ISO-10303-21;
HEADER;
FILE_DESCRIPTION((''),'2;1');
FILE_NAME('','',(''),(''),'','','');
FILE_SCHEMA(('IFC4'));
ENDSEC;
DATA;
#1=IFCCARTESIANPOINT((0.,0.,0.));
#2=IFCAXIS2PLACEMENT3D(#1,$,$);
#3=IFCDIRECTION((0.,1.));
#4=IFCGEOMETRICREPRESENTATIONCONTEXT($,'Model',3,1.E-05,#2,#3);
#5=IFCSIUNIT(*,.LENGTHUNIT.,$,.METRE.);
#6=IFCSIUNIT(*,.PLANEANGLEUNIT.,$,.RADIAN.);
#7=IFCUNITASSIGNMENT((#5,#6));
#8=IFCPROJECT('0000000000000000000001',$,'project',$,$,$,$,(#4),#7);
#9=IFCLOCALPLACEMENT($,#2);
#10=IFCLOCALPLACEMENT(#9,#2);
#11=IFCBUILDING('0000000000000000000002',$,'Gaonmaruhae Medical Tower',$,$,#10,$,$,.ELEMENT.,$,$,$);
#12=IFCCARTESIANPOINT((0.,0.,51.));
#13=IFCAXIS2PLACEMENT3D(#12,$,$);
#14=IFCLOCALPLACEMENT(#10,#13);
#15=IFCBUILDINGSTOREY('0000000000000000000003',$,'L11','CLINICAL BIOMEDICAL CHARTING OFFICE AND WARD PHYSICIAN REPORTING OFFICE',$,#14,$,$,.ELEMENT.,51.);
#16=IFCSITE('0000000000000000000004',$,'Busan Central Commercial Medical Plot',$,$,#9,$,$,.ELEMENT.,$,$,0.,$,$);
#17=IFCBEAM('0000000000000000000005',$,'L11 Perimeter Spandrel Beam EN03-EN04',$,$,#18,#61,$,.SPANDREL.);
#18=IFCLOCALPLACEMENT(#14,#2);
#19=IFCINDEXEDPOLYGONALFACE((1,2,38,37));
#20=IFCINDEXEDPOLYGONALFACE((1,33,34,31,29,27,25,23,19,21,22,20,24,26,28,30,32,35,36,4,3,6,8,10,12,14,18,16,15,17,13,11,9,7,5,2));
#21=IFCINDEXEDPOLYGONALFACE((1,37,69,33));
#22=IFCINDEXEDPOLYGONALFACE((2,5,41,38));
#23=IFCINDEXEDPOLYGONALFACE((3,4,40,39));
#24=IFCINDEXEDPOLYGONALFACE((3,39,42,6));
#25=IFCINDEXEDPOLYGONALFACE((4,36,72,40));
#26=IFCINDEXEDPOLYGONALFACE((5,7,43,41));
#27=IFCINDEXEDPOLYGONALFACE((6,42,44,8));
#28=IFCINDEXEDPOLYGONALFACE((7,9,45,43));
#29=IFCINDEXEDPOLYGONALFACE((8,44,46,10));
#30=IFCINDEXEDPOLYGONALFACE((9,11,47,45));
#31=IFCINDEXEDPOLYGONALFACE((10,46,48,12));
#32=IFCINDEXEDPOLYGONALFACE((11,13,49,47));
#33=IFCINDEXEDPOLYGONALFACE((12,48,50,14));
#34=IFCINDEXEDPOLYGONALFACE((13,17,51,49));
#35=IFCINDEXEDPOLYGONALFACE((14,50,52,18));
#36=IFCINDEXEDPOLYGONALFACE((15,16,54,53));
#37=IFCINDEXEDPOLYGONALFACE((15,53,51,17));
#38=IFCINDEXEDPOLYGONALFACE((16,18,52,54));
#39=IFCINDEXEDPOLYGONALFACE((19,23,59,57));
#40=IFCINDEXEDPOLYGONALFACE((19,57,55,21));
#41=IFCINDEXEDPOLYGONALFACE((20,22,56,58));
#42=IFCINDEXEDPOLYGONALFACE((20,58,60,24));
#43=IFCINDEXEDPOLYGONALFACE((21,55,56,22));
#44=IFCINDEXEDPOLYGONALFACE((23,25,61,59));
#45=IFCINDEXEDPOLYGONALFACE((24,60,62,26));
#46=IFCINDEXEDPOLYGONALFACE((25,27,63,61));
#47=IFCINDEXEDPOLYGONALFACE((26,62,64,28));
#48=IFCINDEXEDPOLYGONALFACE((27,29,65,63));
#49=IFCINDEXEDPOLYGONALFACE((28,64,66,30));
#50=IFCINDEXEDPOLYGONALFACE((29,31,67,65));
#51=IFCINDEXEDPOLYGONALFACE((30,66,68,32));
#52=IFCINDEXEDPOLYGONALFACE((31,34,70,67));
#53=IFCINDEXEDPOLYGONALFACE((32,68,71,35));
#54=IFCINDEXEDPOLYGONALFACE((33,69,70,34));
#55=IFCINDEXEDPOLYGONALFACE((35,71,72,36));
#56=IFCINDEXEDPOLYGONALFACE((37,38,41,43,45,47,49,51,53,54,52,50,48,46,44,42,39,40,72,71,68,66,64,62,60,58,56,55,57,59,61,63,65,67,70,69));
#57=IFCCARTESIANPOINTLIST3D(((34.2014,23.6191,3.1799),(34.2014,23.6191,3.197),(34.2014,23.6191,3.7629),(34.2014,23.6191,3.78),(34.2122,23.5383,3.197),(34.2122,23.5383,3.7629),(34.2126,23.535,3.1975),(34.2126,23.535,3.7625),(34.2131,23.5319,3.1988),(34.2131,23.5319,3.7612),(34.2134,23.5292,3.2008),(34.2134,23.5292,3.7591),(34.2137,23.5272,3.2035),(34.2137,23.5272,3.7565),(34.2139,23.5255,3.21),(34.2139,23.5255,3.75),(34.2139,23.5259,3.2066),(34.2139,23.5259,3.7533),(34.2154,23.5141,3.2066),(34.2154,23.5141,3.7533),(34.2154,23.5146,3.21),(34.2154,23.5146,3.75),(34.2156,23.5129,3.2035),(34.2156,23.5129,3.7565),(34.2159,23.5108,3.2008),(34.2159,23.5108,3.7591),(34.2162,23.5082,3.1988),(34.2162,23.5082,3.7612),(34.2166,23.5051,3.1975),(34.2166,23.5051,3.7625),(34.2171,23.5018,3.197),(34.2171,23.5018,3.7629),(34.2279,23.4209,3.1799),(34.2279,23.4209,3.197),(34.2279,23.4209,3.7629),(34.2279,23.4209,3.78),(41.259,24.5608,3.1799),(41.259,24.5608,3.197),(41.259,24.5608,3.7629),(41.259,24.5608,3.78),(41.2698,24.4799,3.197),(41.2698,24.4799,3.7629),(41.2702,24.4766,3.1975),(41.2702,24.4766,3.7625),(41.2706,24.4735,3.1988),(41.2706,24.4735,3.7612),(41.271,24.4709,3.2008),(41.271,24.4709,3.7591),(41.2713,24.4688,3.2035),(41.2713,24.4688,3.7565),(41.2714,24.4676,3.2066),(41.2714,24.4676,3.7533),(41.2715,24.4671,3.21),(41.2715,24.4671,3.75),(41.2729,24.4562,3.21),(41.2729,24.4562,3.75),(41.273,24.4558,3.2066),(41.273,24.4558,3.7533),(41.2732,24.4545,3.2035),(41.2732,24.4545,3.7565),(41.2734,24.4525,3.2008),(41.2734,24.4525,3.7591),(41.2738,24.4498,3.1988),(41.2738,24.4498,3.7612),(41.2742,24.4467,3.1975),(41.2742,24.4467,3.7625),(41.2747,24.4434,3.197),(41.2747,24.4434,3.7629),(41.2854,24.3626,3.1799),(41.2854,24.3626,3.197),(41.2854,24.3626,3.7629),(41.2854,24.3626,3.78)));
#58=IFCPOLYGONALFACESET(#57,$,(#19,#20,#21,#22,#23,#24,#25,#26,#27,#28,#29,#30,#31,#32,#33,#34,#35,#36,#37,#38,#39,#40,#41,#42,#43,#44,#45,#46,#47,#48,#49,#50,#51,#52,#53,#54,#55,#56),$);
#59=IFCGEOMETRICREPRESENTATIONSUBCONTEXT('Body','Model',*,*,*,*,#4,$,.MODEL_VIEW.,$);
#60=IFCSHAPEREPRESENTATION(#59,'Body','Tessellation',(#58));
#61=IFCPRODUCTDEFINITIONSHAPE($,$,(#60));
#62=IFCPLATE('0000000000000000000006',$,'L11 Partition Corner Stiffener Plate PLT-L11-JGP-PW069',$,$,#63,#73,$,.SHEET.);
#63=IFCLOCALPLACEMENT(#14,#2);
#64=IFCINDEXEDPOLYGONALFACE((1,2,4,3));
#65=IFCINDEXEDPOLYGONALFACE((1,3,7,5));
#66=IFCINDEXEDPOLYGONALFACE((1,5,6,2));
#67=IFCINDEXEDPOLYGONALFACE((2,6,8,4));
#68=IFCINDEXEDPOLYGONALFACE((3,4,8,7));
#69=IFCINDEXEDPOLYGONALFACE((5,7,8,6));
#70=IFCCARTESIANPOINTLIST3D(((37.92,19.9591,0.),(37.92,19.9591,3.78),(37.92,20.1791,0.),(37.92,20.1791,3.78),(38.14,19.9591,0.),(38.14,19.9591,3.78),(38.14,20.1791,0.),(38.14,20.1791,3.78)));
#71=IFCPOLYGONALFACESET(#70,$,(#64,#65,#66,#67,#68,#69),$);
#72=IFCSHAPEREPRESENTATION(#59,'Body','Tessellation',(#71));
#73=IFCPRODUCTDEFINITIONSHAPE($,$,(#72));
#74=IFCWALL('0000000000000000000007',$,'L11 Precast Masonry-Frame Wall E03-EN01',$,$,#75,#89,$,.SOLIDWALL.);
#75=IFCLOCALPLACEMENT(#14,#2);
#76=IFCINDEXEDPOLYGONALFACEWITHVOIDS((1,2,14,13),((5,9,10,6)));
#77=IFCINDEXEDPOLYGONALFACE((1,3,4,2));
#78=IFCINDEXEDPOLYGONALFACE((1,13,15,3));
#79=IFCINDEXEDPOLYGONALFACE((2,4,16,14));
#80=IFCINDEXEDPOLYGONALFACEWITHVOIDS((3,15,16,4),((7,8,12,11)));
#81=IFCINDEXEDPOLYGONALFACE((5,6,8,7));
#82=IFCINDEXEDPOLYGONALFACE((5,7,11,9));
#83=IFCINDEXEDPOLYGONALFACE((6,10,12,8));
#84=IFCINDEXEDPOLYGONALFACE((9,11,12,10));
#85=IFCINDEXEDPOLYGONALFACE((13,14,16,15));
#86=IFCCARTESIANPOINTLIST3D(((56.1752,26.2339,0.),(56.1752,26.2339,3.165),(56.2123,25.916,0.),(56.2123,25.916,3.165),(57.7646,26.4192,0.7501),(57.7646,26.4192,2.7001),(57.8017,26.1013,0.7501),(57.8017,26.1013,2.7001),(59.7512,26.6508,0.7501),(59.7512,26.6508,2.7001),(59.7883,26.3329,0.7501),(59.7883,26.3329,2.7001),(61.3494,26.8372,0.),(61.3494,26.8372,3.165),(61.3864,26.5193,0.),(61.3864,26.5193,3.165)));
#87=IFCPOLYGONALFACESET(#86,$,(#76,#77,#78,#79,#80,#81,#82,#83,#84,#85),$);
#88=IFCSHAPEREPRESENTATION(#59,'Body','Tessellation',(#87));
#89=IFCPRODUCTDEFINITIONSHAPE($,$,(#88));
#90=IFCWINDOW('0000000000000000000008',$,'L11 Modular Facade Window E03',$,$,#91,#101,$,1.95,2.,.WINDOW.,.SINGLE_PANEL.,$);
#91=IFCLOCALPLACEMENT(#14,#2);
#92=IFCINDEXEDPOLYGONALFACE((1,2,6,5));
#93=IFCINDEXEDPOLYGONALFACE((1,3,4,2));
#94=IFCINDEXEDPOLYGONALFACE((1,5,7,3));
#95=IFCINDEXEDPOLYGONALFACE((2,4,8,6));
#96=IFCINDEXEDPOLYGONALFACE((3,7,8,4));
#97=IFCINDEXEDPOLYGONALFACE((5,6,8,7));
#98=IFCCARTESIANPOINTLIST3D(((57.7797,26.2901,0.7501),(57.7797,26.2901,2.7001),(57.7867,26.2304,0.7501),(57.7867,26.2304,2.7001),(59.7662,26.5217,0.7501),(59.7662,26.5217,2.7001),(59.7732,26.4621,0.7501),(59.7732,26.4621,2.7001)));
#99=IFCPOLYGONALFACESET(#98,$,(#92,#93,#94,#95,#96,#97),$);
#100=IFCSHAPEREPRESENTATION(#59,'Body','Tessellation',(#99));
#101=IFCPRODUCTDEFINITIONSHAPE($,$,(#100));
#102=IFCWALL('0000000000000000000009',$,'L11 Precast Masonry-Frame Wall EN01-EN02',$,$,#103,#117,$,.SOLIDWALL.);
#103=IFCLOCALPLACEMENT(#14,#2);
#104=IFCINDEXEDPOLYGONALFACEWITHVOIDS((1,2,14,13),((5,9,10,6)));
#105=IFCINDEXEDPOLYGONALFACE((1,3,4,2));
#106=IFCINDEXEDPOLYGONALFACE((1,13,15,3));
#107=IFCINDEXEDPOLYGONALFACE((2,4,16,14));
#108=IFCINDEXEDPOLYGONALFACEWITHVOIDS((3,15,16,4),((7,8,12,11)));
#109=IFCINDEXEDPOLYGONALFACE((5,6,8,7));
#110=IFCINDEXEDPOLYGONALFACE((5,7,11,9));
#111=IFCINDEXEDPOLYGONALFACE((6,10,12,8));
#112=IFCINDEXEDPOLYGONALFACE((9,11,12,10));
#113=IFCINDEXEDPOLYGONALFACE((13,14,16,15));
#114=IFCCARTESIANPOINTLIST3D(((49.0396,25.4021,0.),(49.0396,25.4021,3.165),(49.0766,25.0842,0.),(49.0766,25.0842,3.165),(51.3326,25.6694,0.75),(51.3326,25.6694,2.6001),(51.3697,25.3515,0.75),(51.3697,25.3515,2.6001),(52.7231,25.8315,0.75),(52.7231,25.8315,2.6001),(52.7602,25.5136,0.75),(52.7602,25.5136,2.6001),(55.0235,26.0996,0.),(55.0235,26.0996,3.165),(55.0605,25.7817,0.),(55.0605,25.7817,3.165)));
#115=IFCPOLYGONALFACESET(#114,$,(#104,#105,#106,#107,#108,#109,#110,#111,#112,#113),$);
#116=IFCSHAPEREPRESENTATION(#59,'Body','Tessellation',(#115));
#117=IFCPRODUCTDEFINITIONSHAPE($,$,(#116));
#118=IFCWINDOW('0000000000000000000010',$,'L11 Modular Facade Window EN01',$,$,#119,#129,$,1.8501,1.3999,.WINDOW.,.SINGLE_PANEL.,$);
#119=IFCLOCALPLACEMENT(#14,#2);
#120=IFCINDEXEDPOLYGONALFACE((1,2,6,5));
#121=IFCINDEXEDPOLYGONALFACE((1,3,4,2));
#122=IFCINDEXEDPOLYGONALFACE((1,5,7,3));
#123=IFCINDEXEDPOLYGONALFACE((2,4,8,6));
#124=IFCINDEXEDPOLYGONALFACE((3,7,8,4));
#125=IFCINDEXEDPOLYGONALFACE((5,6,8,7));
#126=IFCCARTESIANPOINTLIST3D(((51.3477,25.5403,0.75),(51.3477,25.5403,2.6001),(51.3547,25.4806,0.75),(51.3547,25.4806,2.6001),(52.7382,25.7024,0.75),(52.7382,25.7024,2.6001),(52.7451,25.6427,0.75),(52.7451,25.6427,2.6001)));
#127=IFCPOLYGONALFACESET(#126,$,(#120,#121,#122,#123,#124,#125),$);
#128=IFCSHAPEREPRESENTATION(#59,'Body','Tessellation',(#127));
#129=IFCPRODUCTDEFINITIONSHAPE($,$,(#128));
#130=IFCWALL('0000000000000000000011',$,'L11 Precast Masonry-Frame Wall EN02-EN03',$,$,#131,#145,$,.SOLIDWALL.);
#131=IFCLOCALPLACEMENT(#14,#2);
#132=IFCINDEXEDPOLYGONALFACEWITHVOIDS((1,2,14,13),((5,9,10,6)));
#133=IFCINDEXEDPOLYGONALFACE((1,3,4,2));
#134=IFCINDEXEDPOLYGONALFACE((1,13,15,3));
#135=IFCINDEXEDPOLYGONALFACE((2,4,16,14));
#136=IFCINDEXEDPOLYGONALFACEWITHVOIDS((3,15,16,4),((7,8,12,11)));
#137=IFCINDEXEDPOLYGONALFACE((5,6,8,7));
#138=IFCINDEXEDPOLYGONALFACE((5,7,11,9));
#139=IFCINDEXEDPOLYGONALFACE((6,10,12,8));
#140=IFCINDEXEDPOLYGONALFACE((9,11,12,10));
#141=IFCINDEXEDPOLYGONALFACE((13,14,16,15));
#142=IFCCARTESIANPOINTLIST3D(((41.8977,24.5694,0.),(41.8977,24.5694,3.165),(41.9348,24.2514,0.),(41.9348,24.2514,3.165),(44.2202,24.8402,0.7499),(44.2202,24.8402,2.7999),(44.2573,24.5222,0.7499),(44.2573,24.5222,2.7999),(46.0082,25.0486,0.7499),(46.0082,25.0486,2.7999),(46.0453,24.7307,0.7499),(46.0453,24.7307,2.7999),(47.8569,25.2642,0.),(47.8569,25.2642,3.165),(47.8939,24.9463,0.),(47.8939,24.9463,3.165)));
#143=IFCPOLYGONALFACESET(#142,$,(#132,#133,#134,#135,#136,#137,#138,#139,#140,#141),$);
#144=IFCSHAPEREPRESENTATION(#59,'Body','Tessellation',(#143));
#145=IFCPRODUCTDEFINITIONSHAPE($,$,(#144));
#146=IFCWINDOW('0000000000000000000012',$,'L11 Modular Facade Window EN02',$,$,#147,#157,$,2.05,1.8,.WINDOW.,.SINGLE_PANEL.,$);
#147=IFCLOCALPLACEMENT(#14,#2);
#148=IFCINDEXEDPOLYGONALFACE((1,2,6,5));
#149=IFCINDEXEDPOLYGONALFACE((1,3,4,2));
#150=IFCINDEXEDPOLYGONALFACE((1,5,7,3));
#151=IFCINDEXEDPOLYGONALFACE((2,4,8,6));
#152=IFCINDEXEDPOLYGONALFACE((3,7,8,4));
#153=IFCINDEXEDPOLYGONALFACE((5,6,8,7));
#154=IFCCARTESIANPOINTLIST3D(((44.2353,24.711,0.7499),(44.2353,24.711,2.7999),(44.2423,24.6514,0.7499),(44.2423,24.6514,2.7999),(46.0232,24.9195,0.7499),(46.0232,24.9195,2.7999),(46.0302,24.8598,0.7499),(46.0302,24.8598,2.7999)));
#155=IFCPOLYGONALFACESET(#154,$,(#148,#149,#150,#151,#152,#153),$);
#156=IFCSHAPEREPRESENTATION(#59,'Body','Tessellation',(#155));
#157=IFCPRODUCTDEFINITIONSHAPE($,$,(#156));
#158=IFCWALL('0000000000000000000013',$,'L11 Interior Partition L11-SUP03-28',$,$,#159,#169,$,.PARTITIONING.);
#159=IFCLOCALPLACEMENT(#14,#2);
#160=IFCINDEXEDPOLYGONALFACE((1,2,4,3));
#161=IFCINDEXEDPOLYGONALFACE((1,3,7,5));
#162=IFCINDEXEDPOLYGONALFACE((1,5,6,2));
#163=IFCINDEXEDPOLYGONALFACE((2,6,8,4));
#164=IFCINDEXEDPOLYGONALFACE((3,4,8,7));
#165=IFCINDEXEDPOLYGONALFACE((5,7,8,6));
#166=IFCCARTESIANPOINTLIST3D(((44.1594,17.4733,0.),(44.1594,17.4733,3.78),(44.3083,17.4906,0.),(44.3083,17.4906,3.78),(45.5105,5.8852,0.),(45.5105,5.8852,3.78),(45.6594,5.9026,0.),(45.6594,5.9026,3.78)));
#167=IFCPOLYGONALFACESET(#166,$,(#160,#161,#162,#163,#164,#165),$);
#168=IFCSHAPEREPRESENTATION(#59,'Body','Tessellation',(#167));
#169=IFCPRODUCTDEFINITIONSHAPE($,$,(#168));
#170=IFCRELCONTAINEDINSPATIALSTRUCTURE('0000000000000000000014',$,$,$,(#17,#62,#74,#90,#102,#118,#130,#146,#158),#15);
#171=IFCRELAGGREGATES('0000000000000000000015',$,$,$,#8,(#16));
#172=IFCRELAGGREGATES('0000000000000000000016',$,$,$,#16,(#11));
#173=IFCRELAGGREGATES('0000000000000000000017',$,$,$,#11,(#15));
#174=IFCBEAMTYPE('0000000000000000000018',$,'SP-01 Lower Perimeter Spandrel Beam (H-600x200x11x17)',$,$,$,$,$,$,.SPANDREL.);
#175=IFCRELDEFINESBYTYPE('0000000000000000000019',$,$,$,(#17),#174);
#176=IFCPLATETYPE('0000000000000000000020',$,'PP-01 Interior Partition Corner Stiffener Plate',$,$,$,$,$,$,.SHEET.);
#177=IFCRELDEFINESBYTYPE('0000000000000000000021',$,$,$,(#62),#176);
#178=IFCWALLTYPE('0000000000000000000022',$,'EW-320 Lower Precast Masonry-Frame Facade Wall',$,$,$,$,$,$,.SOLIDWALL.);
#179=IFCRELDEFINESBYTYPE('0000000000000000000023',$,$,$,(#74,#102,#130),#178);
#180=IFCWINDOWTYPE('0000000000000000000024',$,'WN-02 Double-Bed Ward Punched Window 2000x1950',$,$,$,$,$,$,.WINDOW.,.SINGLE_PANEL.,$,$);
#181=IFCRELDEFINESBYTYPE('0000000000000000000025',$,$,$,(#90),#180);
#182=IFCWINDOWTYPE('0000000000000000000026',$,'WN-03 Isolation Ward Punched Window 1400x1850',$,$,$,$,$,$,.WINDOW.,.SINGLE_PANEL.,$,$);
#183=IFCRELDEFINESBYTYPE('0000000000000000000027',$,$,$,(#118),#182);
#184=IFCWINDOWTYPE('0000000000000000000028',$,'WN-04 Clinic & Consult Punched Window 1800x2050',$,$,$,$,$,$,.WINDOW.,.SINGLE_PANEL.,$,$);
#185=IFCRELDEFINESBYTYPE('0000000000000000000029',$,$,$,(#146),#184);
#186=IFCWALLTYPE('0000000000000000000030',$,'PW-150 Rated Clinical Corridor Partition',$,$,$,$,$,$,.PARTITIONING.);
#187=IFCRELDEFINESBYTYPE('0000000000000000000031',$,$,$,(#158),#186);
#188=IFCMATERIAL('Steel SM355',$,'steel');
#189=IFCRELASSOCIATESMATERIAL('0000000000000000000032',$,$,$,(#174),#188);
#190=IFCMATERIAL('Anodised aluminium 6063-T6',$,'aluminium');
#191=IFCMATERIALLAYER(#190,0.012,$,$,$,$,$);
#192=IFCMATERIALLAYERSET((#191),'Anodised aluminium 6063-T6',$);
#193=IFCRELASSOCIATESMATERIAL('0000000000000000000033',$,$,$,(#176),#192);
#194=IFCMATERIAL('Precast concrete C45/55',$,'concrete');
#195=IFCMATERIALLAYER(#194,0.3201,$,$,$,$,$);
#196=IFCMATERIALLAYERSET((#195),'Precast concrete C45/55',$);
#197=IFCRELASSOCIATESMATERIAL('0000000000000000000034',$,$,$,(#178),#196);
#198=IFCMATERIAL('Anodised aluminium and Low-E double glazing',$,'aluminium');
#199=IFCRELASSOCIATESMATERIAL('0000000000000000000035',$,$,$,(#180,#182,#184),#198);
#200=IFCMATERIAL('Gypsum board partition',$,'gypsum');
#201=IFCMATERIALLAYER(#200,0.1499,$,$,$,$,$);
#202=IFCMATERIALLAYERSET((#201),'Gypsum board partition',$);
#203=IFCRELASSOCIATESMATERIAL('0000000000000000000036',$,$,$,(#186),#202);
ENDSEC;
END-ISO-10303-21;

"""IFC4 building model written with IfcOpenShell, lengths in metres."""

from ifc_helpers import new_model, si_unit, direction, frame, frame_2d, origin, origin_2d, place, context, subcontext, project, spatial, rectangle, i_section, extrude, material, layer, layer_set, material_profile, profile_set, type_object, element, fill, save


model = new_model("IFC4")

# Units and contexts
model_context = context("Model", 3, precision=1e-05, world=origin(), true_north=direction((0.0, 1.0)))
body_context = subcontext(model_context, "Body", "Model", "MODEL_VIEW")
ifc_project = project(units=[si_unit("LENGTHUNIT", "METRE"), si_unit("PLANEANGLEUNIT", "RADIAN")], contexts=[model_context])

# Site, building, storey
site_placement = place(None, origin())
site = spatial("IfcSite", under=ifc_project, at=site_placement, Name="Busan Central Commercial Medical Plot", CompositionType="ELEMENT", RefElevation=0.0)
building_placement = place(site_placement, origin())
building = spatial("IfcBuilding", under=site, at=building_placement, Name="Gaonmaruhae Medical Tower", CompositionType="ELEMENT")
storey_placement = place(building_placement, frame((0.0, 0.0, 51.0)))
storey = spatial("IfcBuildingStorey", under=building, at=storey_placement, Name="L11", Description="CLINICAL BIOMEDICAL CHARTING OFFICE AND WARD PHYSICIAN REPORTING OFFICE", CompositionType="ELEMENT", Elevation=51.0)

# Beam
ifc_material_1 = material(Name="Steel SM355", Category="steel")
ifc_material_profile_1 = material_profile(ifc_material_1, i_section(OverallWidth=0.2, OverallDepth=0.6001, WebThickness=0.011, FlangeThickness=0.0171, FilletRadius=0.0129, at=origin_2d()), Name="H-600x200x11x17")
ifc_profile_set_1 = profile_set([ifc_material_profile_1], Name="Steel SM355")
beam_type_1 = type_object("IfcBeamType", Name="SP-01 Lower Perimeter Spandrel Beam (H-600x200x11x17)", PredefinedType="SPANDREL", material=ifc_profile_set_1)
for number, where, z_axis, x_axis, name in (
    (1, (41.2722, 24.4617, 3.48), (-0.991216, -0.132251, 0.0), (0.132251, -0.991216, 0.0), "L11 Perimeter Spandrel Beam EN03-EN04"),
):
    element("IfcBeam", number, at=place(storey_placement, frame(where, z_axis=z_axis, x_axis=x_axis)), inside=storey, type_object=beam_type_1, Name=name, PredefinedType="SPANDREL", context=body_context, shape_type="SweptSolid", body=[
        extrude(i_section(OverallWidth=0.2, OverallDepth=0.6001, WebThickness=0.011, FlangeThickness=0.0171, FilletRadius=0.0129, at=origin_2d()), origin(), (0.0, 0.0, 1.0), 7.1201),
    ])

# Plate
ifc_material_2 = material(Name="Anodised aluminium 6063-T6", Category="aluminium")
ifc_layer_1 = layer(ifc_material_2, 0.012)
ifc_layer_set_1 = layer_set([ifc_layer_1], Name="Anodised aluminium 6063-T6")
plate_type = type_object("IfcPlateType", Name="PP-01 Interior Partition Corner Stiffener Plate", PredefinedType="SHEET", material=ifc_layer_set_1)
plate_placement = place(storey_placement, frame((38.03, 20.0691, 0.0), z_axis=(0.0, 0.0, 1.0), x_axis=(0.0, 1.0, 0.0)))
element("IfcPlate", 2, at=plate_placement, inside=storey, type_object=plate_type, Name="L11 Partition Corner Stiffener Plate PLT-L11-JGP-PW069", PredefinedType="SHEET", context=body_context, shape_type="SweptSolid", body=[
    extrude(rectangle(XDim=0.22, YDim=0.22, at=origin_2d()), origin(), (0.0, 0.0, 1.0), 3.78),
])

# Walls, openings, windows
ifc_material_3 = material(Name="Precast concrete C45/55", Category="concrete")
ifc_layer_2 = layer(ifc_material_3, 0.3201)
ifc_layer_set_2 = layer_set([ifc_layer_2], Name="Precast concrete C45/55")
wall_type_1 = type_object("IfcWallType", Name="EW-320 Lower Precast Masonry-Frame Facade Wall", PredefinedType="SOLIDWALL", material=ifc_layer_set_2)
wall_1_placement = place(storey_placement, frame((56.1938, 26.075, 0.0), z_axis=(0.0, 0.0, 1.0), x_axis=(0.993271, 0.115811, 0.0)))
wall_1 = element("IfcWall", 3, at=wall_1_placement, inside=storey, type_object=wall_type_1, Name="L11 Precast Masonry-Frame Wall E03-EN01", PredefinedType="SOLIDWALL", context=body_context, shape_type="SweptSolid", body=[
    extrude(rectangle(XDim=5.2092, YDim=0.3201, at=frame_2d((2.6045, 0.0))), origin(), (0.0, 0.0, 1.0), 3.165),
])
opening_1_placement = place(wall_1_placement, frame((1.6001, 0.0, 0.75)))
opening_1 = element("IfcOpeningElement", 4, at=opening_1_placement, cuts=wall_1, PredefinedType="OPENING", context=body_context, shape_type="SweptSolid", body=[
    extrude(rectangle(XDim=2.0, YDim=1.95, at=frame_2d((1.0, 0.9751))), frame((0.0, 0.1699, 0.0), z_axis=(0.0, -1.0, 0.0), x_axis=(1.0, 0.0, 0.0)), (0.0, 0.0, 1.0), 0.3401),
])
ifc_material_4 = material(Name="Anodised aluminium and Low-E double glazing", Category="aluminium")
window_type_1 = type_object("IfcWindowType", Name="WN-02 Double-Bed Ward Punched Window 2000x1950", PartitioningType="SINGLE_PANEL", PredefinedType="WINDOW", material=ifc_material_4)
window_1_placement = place(opening_1_placement, origin())
window_1 = element("IfcWindow", 5, at=window_1_placement, inside=storey, type_object=window_type_1, Name="L11 Modular Facade Window E03", OverallHeight=1.95, OverallWidth=2.0, PartitioningType="SINGLE_PANEL", PredefinedType="WINDOW", context=body_context, shape_type="SweptSolid", body=[
    extrude(rectangle(XDim=2.0, YDim=1.95, at=frame_2d((1.0, 0.9751))), frame((0.0, 0.03, 0.0), z_axis=(0.0, -1.0, 0.0), x_axis=(1.0, 0.0, 0.0)), (0.0, 0.0, 1.0), 0.0601),
])
fill(opening_1, window_1)
wall_2_placement = place(storey_placement, frame((49.0581, 25.2432, 0.0), z_axis=(0.0, 0.0, 1.0), x_axis=(0.993275, 0.115781, 0.0)))
wall_2 = element("IfcWall", 6, at=wall_2_placement, inside=storey, type_object=wall_type_1, Name="L11 Precast Masonry-Frame Wall EN01-EN02", PredefinedType="SOLIDWALL", context=body_context, shape_type="SweptSolid", body=[
    extrude(rectangle(XDim=6.0244, YDim=0.3201, at=frame_2d((3.0122, 0.0))), origin(), (0.0, 0.0, 1.0), 3.165),
])
opening_2_placement = place(wall_2_placement, frame((2.3086, 0.0, 0.75)))
opening_2 = element("IfcOpeningElement", 7, at=opening_2_placement, cuts=wall_2, PredefinedType="OPENING", context=body_context, shape_type="SweptSolid", body=[
    extrude(rectangle(XDim=1.3999, YDim=1.8501, at=frame_2d((0.7, 0.925))), frame((0.0, 0.1699, 0.0), z_axis=(0.0, -1.0, 0.0), x_axis=(1.0, 0.0, 0.0)), (0.0, 0.0, 1.0), 0.3401),
])
window_type_2 = type_object("IfcWindowType", Name="WN-03 Isolation Ward Punched Window 1400x1850", PartitioningType="SINGLE_PANEL", PredefinedType="WINDOW", material=ifc_material_4)
window_2_placement = place(opening_2_placement, origin())
window_2 = element("IfcWindow", 8, at=window_2_placement, inside=storey, type_object=window_type_2, Name="L11 Modular Facade Window EN01", OverallHeight=1.8501, OverallWidth=1.3999, PartitioningType="SINGLE_PANEL", PredefinedType="WINDOW", context=body_context, shape_type="SweptSolid", body=[
    extrude(rectangle(XDim=1.3999, YDim=1.8501, at=frame_2d((0.7, 0.925))), frame((0.0, 0.03, 0.0), z_axis=(0.0, -1.0, 0.0), x_axis=(1.0, 0.0, 0.0)), (0.0, 0.0, 1.0), 0.0601),
])
fill(opening_2, window_2)
wall_3_placement = place(storey_placement, frame((41.9163, 24.4104, 0.0), z_axis=(0.0, 0.0, 1.0), x_axis=(0.993271, 0.115812, 0.0)))
wall_3 = element("IfcWall", 9, at=wall_3_placement, inside=storey, type_object=wall_type_1, Name="L11 Precast Masonry-Frame Wall EN02-EN03", PredefinedType="SOLIDWALL", context=body_context, shape_type="SweptSolid", body=[
    extrude(rectangle(XDim=5.9995, YDim=0.3201, at=frame_2d((2.9998, 0.0))), origin(), (0.0, 0.0, 1.0), 3.165),
])
opening_3_placement = place(wall_3_placement, frame((2.3384, 0.0, 0.75)))
opening_3 = element("IfcOpeningElement", 10, at=opening_3_placement, cuts=wall_3, PredefinedType="OPENING", context=body_context, shape_type="SweptSolid", body=[
    extrude(rectangle(XDim=1.8, YDim=2.05, at=frame_2d((0.8999, 1.0249))), frame((0.0, 0.1699, 0.0), z_axis=(0.0, -1.0, 0.0), x_axis=(1.0, 0.0, 0.0)), (0.0, 0.0, 1.0), 0.3401),
])
window_type_3 = type_object("IfcWindowType", Name="WN-04 Clinic & Consult Punched Window 1800x2050", PartitioningType="SINGLE_PANEL", PredefinedType="WINDOW", material=ifc_material_4)
window_3_placement = place(opening_3_placement, origin())
window_3 = element("IfcWindow", 11, at=window_3_placement, inside=storey, type_object=window_type_3, Name="L11 Modular Facade Window EN02", OverallHeight=2.05, OverallWidth=1.8, PartitioningType="SINGLE_PANEL", PredefinedType="WINDOW", context=body_context, shape_type="SweptSolid", body=[
    extrude(rectangle(XDim=1.8, YDim=2.05, at=frame_2d((0.8999, 1.0249))), frame((0.0, 0.03, 0.0), z_axis=(0.0, -1.0, 0.0), x_axis=(1.0, 0.0, 0.0)), (0.0, 0.0, 1.0), 0.0601),
])
fill(opening_3, window_3)

# Wall
ifc_material_5 = material(Name="Gypsum board partition", Category="gypsum")
ifc_layer_3 = layer(ifc_material_5, 0.1499)
ifc_layer_set_3 = layer_set([ifc_layer_3], Name="Gypsum board partition")
wall_type_2 = type_object("IfcWallType", Name="PW-150 Rated Clinical Corridor Partition", PredefinedType="PARTITIONING", material=ifc_layer_set_3)
wall_4_placement = place(storey_placement, frame((44.2339, 17.4819, 0.0), z_axis=(0.0, 0.0, 1.0), x_axis=(0.115809, -0.993271, 0.0)))
element("IfcWall", 12, at=wall_4_placement, inside=storey, type_object=wall_type_2, Name="L11 Interior Partition L11-SUP03-28", PredefinedType="PARTITIONING", context=body_context, shape_type="SweptSolid", body=[
    extrude(rectangle(XDim=11.6665, YDim=0.1499, at=frame_2d((5.8333, 0.0))), origin(), (0.0, 0.0, 1.0), 3.78),
])

save(model, "model.ifc")
